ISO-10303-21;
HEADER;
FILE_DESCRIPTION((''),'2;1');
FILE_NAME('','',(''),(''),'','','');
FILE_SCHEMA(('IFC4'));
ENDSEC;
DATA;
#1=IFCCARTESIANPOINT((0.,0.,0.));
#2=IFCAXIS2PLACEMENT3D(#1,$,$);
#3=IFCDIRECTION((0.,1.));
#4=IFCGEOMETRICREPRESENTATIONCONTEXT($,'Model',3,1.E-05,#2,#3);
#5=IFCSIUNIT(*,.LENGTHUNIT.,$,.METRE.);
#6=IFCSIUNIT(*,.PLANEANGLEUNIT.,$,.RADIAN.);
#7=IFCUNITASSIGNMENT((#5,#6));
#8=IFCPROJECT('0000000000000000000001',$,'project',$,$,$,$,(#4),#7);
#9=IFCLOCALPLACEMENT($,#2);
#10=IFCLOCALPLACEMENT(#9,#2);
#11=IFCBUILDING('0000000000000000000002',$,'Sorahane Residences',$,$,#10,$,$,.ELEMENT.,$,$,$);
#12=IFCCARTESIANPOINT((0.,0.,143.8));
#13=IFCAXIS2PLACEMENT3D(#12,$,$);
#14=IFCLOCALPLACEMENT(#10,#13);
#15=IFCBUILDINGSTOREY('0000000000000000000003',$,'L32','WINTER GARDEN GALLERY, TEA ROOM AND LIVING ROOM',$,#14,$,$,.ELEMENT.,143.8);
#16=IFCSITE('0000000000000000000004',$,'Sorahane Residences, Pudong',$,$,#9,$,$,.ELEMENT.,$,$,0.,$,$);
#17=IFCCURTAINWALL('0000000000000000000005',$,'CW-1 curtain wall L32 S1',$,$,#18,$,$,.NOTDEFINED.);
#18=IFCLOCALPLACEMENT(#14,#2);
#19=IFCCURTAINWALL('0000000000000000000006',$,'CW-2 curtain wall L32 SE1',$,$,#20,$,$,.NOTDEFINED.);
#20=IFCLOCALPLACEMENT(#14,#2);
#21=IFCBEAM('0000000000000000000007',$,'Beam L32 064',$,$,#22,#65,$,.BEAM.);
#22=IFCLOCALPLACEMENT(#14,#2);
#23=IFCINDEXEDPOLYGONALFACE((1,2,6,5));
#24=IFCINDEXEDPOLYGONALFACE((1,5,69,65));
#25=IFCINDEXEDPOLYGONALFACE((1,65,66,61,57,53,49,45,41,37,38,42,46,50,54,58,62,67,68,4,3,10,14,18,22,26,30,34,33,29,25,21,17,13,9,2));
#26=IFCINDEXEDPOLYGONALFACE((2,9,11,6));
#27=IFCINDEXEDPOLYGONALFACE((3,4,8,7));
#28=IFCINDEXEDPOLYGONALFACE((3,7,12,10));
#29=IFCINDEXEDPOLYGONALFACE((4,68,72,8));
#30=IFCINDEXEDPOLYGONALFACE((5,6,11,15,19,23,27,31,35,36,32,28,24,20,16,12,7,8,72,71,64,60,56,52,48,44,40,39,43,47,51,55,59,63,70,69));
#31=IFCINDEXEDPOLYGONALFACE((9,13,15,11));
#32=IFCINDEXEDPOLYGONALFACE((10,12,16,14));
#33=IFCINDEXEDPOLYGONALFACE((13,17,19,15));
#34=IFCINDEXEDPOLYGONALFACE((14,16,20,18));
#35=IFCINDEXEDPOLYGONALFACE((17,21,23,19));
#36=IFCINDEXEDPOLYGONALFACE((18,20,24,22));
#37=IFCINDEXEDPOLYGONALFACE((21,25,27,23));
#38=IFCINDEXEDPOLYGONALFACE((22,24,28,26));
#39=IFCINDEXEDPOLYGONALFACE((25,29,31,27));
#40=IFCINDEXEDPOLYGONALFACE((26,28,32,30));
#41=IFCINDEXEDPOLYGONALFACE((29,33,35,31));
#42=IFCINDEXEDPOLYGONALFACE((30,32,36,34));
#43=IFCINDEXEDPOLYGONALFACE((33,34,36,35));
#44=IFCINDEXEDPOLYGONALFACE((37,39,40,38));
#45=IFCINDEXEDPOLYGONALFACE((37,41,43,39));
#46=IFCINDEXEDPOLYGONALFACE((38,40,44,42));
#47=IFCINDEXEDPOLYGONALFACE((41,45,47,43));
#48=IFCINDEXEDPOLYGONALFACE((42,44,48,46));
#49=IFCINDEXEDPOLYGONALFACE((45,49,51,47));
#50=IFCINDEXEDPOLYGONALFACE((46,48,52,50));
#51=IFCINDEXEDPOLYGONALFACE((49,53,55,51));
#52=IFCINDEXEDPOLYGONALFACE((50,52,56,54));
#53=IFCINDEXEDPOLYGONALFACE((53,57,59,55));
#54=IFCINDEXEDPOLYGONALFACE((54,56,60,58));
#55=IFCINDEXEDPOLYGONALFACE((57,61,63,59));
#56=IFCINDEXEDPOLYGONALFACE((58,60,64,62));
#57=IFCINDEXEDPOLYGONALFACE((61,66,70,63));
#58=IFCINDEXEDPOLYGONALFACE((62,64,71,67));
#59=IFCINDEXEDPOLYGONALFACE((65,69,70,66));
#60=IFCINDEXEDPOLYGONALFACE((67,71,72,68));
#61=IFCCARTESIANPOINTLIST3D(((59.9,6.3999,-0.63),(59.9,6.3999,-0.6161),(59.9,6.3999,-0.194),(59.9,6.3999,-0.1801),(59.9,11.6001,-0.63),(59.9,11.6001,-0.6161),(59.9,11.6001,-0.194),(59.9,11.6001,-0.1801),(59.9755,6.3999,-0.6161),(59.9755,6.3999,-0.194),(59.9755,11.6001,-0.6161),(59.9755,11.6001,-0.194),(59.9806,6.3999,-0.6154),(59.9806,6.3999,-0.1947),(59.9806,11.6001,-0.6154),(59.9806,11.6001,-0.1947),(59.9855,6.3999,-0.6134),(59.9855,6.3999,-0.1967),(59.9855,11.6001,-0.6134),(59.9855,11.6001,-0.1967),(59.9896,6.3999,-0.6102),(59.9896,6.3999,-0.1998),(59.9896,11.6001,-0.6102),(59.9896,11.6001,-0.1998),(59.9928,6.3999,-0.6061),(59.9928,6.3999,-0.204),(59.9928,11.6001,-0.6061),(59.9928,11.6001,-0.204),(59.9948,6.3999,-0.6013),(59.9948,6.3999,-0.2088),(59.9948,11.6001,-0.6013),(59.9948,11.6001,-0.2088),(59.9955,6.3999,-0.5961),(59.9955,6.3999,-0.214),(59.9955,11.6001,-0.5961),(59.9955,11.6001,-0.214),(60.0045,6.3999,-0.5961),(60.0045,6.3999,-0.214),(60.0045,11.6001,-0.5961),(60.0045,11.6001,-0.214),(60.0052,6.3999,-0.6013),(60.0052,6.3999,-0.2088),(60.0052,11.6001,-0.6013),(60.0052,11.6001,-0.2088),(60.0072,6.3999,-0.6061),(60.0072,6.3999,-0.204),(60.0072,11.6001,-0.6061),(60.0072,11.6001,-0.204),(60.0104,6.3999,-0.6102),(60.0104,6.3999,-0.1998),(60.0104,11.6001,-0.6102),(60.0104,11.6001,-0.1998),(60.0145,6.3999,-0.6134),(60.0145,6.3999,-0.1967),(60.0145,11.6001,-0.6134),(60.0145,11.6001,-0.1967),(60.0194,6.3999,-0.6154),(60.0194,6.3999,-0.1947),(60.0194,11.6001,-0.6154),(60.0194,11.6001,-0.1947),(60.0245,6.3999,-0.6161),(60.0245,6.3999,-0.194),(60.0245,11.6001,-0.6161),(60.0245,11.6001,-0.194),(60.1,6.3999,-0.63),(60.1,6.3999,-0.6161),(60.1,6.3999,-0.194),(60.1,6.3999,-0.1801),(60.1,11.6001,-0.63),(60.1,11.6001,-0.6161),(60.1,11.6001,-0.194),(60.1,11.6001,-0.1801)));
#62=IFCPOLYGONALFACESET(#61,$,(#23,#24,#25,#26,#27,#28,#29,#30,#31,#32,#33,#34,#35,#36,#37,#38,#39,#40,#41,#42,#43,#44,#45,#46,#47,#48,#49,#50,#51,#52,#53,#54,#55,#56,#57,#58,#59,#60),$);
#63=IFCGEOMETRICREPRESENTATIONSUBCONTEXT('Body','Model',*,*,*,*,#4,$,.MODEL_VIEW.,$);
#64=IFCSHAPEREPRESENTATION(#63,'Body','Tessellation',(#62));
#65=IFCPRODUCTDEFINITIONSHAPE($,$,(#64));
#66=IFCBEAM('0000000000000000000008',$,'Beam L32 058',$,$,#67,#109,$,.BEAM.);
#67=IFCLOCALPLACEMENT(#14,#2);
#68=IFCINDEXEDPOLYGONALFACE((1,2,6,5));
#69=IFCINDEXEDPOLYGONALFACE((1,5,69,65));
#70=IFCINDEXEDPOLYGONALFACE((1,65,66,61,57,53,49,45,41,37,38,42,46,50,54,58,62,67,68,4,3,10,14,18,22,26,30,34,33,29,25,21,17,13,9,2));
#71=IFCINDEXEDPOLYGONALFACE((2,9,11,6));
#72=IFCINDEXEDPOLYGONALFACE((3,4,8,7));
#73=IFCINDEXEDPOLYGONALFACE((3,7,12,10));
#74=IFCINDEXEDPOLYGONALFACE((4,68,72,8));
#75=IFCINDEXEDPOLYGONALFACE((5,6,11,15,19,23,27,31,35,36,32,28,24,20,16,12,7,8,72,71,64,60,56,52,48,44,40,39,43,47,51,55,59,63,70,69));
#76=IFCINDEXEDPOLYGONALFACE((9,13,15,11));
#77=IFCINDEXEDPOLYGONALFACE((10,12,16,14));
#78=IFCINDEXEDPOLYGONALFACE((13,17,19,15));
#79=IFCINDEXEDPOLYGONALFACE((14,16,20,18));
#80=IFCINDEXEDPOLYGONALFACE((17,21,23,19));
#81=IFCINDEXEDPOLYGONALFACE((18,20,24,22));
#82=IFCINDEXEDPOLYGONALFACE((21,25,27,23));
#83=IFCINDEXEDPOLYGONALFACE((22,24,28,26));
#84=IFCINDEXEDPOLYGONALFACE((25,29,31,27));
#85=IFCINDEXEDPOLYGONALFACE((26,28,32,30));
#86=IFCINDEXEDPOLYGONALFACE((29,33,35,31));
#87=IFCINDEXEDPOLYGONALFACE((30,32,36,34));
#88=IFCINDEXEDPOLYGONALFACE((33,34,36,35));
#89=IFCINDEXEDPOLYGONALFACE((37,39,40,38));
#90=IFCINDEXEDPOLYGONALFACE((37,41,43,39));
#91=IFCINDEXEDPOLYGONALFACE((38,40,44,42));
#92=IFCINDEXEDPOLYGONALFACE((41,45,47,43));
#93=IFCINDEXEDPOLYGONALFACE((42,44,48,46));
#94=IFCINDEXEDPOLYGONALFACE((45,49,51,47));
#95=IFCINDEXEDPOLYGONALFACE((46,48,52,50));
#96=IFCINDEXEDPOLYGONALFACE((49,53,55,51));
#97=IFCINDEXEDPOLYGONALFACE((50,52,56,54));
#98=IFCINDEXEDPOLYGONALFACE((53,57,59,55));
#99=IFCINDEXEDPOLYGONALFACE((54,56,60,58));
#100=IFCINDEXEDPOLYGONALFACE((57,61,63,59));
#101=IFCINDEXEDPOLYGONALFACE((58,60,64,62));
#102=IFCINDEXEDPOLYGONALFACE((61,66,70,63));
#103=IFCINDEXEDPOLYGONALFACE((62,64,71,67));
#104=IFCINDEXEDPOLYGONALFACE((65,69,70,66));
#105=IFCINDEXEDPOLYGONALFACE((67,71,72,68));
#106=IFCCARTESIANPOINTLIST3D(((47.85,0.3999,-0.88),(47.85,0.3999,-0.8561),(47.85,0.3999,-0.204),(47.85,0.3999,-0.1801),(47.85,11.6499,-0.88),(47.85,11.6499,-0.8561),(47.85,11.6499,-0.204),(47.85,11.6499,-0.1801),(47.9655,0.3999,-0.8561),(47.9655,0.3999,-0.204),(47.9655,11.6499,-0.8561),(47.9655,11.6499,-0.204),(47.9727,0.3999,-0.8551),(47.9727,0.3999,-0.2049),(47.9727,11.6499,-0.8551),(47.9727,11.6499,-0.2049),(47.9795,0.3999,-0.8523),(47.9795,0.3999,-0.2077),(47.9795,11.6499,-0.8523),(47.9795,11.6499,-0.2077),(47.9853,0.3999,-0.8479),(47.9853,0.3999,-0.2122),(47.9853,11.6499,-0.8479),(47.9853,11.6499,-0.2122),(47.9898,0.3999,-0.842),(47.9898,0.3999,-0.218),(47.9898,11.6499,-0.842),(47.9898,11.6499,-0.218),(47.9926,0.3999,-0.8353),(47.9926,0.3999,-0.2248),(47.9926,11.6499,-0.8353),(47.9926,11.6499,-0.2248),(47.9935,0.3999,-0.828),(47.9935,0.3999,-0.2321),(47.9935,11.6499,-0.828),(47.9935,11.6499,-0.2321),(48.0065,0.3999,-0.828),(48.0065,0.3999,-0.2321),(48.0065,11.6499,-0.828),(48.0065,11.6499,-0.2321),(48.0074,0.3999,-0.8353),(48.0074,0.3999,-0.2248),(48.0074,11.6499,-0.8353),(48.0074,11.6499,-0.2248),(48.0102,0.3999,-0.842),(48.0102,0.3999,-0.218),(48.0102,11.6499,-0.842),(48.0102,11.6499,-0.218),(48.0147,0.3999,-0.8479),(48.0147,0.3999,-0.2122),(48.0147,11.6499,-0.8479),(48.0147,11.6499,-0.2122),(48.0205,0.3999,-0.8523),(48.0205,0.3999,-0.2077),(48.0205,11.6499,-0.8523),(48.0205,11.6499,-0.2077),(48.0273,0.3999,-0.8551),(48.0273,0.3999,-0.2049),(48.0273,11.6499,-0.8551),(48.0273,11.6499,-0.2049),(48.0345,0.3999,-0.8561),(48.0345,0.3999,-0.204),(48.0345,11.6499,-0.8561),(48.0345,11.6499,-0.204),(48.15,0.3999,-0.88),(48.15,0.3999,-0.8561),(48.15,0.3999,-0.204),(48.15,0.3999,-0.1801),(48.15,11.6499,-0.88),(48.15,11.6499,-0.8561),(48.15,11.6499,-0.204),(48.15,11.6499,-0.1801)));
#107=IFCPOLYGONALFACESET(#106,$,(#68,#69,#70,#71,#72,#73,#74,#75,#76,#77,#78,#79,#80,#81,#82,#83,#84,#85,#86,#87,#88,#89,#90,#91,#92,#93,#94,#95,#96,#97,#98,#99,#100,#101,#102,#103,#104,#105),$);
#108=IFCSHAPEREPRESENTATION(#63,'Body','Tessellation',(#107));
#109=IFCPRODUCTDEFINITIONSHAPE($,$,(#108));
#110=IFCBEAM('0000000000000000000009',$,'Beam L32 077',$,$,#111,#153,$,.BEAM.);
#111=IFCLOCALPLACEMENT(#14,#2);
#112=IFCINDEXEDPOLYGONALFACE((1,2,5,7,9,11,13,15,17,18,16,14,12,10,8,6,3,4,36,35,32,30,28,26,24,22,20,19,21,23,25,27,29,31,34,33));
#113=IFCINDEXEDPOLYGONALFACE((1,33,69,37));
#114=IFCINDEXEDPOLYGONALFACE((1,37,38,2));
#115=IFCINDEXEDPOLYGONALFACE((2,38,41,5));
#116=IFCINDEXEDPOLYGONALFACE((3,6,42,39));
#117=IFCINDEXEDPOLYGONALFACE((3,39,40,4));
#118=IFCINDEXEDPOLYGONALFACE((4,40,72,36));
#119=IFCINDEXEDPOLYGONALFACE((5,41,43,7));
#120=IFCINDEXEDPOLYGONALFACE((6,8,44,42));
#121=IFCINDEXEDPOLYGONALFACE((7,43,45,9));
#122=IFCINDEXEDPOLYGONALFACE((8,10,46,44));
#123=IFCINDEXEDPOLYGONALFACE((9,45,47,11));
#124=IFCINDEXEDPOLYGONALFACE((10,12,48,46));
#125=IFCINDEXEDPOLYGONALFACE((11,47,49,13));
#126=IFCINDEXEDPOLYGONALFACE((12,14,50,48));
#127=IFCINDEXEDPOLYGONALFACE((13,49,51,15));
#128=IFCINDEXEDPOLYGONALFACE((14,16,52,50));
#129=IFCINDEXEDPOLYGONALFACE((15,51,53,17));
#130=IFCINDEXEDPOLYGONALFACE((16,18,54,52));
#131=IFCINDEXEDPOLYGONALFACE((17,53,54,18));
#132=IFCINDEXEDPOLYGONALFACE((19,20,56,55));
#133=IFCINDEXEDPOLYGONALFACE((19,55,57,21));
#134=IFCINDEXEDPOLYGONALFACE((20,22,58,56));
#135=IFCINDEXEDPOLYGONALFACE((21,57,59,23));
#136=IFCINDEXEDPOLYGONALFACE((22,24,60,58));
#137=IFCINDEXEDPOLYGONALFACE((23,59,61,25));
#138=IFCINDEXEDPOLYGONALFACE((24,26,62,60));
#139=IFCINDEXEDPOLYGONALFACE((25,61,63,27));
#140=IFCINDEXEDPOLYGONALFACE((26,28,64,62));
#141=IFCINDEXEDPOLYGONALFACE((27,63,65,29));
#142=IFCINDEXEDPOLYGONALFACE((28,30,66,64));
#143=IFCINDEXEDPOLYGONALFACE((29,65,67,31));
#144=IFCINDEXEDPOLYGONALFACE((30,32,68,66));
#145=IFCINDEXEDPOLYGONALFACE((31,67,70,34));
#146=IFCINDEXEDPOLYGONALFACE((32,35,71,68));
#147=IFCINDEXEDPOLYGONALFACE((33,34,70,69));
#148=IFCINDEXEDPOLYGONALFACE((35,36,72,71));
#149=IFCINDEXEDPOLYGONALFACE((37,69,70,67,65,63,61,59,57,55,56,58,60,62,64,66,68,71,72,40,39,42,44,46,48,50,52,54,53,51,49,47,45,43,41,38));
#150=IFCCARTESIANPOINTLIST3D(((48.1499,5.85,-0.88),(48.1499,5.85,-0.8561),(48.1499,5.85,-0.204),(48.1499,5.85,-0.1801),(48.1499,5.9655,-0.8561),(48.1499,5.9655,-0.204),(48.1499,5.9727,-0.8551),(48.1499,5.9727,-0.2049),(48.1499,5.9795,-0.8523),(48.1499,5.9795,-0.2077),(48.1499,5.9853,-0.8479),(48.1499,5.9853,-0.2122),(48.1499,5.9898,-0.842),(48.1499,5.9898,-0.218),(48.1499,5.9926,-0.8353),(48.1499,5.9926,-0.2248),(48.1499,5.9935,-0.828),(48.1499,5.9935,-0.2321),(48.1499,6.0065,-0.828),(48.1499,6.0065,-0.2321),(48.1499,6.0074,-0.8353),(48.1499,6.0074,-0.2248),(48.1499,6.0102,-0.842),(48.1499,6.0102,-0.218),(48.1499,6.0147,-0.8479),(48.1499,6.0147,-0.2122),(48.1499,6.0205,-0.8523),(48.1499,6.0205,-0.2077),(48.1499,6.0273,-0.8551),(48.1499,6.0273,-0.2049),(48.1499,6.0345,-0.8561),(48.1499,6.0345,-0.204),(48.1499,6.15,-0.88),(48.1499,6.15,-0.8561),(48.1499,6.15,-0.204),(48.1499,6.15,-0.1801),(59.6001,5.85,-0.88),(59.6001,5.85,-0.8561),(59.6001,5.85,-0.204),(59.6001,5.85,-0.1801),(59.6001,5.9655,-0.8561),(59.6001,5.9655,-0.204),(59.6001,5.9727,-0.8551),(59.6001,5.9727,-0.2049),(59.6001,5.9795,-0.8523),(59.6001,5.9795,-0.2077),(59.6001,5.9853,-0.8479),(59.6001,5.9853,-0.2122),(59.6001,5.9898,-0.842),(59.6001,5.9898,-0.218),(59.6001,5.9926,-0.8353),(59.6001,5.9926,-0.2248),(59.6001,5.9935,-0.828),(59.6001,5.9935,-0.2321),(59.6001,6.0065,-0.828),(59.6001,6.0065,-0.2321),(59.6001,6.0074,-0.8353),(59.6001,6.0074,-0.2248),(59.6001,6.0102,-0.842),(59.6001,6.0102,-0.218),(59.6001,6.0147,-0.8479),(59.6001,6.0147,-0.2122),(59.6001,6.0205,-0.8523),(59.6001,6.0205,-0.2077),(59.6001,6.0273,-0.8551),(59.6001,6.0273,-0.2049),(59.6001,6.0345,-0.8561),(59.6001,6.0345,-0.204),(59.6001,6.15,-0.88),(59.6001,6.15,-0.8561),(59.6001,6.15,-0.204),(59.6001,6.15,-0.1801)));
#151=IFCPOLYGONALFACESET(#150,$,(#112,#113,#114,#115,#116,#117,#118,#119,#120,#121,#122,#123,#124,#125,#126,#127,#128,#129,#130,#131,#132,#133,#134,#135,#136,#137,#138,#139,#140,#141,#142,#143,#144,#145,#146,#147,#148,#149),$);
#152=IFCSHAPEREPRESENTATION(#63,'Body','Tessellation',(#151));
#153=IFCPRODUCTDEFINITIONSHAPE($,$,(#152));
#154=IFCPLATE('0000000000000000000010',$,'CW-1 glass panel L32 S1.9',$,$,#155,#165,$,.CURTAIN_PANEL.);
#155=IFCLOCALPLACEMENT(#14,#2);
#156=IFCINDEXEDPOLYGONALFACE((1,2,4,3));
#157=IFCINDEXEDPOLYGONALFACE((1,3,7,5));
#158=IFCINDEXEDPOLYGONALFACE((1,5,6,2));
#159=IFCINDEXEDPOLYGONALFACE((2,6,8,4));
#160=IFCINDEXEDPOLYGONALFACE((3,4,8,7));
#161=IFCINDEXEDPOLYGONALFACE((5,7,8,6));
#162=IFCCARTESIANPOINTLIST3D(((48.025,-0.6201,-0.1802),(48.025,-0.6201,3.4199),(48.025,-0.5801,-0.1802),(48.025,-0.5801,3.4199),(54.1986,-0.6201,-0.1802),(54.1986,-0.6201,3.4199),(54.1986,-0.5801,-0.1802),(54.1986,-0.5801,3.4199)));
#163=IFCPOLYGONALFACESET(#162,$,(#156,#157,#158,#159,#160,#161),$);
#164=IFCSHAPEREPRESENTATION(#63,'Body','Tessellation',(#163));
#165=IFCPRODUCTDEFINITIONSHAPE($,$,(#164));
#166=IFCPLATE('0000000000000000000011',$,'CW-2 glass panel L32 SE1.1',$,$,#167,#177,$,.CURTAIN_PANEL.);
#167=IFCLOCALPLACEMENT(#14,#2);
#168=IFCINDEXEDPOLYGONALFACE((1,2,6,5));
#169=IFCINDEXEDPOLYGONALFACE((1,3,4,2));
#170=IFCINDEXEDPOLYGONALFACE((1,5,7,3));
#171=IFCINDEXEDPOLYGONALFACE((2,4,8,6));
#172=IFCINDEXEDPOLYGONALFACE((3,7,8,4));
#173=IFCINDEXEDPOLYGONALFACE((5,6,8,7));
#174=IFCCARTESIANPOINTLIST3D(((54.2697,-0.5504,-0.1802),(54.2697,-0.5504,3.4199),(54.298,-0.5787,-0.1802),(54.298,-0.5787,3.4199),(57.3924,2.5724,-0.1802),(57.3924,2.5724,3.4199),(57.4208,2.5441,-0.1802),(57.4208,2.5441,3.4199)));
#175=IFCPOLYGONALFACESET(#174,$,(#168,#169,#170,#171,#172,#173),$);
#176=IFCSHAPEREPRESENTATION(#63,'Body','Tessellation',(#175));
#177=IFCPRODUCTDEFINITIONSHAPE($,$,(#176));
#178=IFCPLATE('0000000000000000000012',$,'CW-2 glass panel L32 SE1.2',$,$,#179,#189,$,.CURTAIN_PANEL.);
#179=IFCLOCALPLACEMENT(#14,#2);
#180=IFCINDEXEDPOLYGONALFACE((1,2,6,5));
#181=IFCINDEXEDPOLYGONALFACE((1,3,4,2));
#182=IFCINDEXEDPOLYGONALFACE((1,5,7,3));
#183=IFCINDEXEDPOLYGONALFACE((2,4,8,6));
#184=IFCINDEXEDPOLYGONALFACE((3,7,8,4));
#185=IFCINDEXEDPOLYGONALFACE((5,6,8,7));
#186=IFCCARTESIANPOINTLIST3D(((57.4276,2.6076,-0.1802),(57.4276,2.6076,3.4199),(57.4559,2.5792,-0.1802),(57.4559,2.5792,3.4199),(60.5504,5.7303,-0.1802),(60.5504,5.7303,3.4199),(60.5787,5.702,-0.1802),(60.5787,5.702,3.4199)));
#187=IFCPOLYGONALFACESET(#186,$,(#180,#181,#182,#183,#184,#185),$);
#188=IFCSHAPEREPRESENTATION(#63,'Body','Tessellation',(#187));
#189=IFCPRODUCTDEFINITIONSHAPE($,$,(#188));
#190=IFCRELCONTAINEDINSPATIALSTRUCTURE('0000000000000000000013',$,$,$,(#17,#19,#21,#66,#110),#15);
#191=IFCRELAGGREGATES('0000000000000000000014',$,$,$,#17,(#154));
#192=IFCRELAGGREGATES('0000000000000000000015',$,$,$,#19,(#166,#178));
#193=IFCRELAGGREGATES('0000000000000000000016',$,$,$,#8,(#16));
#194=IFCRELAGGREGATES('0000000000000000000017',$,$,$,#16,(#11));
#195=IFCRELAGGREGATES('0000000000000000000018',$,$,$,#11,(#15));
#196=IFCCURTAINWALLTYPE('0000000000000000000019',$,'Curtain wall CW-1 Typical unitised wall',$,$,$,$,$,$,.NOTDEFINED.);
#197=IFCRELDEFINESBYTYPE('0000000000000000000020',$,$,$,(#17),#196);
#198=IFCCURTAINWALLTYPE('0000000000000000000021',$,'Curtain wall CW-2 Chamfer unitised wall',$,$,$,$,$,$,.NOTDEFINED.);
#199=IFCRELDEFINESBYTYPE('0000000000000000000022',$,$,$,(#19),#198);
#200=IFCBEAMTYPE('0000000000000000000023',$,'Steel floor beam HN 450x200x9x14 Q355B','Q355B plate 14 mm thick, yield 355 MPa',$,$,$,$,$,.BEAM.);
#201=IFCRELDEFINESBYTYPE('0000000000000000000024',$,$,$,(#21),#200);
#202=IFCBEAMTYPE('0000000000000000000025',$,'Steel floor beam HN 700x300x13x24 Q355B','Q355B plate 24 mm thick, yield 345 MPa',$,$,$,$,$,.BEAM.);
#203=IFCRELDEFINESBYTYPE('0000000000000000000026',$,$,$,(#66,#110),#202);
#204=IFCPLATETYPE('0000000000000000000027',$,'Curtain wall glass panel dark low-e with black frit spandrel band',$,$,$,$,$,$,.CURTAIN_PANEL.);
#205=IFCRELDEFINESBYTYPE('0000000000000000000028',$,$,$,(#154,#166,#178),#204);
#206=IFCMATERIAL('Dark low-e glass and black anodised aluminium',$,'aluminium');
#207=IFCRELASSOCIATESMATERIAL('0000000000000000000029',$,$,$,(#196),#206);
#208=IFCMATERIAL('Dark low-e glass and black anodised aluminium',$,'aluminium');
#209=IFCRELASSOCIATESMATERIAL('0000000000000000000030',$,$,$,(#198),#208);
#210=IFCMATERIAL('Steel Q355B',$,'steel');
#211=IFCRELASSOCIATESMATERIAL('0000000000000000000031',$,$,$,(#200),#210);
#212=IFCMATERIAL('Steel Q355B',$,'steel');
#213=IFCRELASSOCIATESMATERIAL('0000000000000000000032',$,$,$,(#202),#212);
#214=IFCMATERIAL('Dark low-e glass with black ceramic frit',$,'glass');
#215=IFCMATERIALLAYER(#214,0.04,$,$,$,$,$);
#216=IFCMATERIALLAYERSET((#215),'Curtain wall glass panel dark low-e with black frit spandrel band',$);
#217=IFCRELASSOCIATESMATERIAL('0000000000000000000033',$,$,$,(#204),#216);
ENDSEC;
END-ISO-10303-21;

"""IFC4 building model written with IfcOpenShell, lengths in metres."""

from ifc_helpers import new_model, si_unit, direction, frame, origin, origin_2d, place, context, subcontext, project, spatial, rectangle, i_section, extrude, material, layer, layer_set, material_profile, profile_set, type_object, element, aggregate, save


model = new_model("IFC4")

# Units and contexts
model_context = context("Model", 3, precision=1e-05, world=origin(), true_north=direction((0.0, 1.0)))
body_context = subcontext(model_context, "Body", "Model", "MODEL_VIEW")
ifc_project = project(units=[si_unit("LENGTHUNIT", "METRE"), si_unit("PLANEANGLEUNIT", "RADIAN")], contexts=[model_context])

# Site, building, storey
site_placement = place(None, origin())
site = spatial("IfcSite", under=ifc_project, at=site_placement, Name="Sorahane Residences, Pudong", CompositionType="ELEMENT", RefElevation=0.0)
building_placement = place(site_placement, origin())
building = spatial("IfcBuilding", under=site, at=building_placement, Name="Sorahane Residences", CompositionType="ELEMENT")
storey_placement = place(building_placement, frame((0.0, 0.0, 143.8)))
storey = spatial("IfcBuildingStorey", under=building, at=storey_placement, Name="L32", Description="WINTER GARDEN GALLERY, TEA ROOM AND LIVING ROOM", CompositionType="ELEMENT", Elevation=143.8)

# Curtain walls
ifc_material_1 = material(Name="Dark low-e glass and black anodised aluminium", Category="aluminium")
curtain_wall_type_1 = type_object("IfcCurtainWallType", Name="Curtain wall CW-1 Typical unitised wall", PredefinedType="NOTDEFINED", material=ifc_material_1)
curtain_wall_1_placement = place(storey_placement, origin())
curtain_wall_1 = element("IfcCurtainWall", 1, at=curtain_wall_1_placement, inside=storey, type_object=curtain_wall_type_1, Name="CW-1 curtain wall L32 S1", PredefinedType="NOTDEFINED")
ifc_material_2 = material(Name="Dark low-e glass and black anodised aluminium", Category="aluminium")
curtain_wall_type_2 = type_object("IfcCurtainWallType", Name="Curtain wall CW-2 Chamfer unitised wall", PredefinedType="NOTDEFINED", material=ifc_material_2)
curtain_wall_2_placement = place(storey_placement, origin())
curtain_wall_2 = element("IfcCurtainWall", 2, at=curtain_wall_2_placement, inside=storey, type_object=curtain_wall_type_2, Name="CW-2 curtain wall L32 SE1", PredefinedType="NOTDEFINED")

# Beams
ifc_material_3 = material(Name="Steel Q355B", Category="steel")
ifc_material_profile_1 = material_profile(ifc_material_3, i_section(OverallWidth=0.2, OverallDepth=0.45, WebThickness=0.009, FlangeThickness=0.0139, FilletRadius=0.02, at=origin_2d()), Name="HN 450x200x9x14")
ifc_profile_set_1 = profile_set([ifc_material_profile_1], Name="Steel Q355B")
beam_type_1 = type_object("IfcBeamType", Name="Steel floor beam HN 450x200x9x14 Q355B", Description="Q355B plate 14 mm thick, yield 355 MPa", PredefinedType="BEAM", material=ifc_profile_set_1)
for number, where, z_axis, x_axis, name in (
    (3, (60.0, 6.3999, -0.405), (0.0, 1.0, 0.0), (-1.0, 0.0, 0.0), "Beam L32 064"),
):
    element("IfcBeam", number, at=place(storey_placement, frame(where, z_axis=z_axis, x_axis=x_axis)), inside=storey, type_object=beam_type_1, Name=name, PredefinedType="BEAM", context=body_context, shape_type="SweptSolid", body=[
        extrude(i_section(OverallWidth=0.2, OverallDepth=0.45, WebThickness=0.009, FlangeThickness=0.0139, FilletRadius=0.02, at=origin_2d()), origin(), (0.0, 0.0, 1.0), 5.2002),
    ])
ifc_material_4 = material(Name="Steel Q355B", Category="steel")
ifc_material_profile_2 = material_profile(ifc_material_4, i_section(OverallWidth=0.3, OverallDepth=0.7, WebThickness=0.0129, FlangeThickness=0.0239, FilletRadius=0.0281, at=origin_2d()), Name="HN 700x300x13x24")
ifc_profile_set_2 = profile_set([ifc_material_profile_2], Name="Steel Q355B")
beam_type_2 = type_object("IfcBeamType", Name="Steel floor beam HN 700x300x13x24 Q355B", Description="Q355B plate 24 mm thick, yield 345 MPa", PredefinedType="BEAM", material=ifc_profile_set_2)
beam_1_placement = place(storey_placement, frame((48.0, 0.3999, -0.53), z_axis=(0.0, 1.0, 0.0), x_axis=(-1.0, 0.0, 0.0)))
element("IfcBeam", 4, at=beam_1_placement, inside=storey, type_object=beam_type_2, Name="Beam L32 058", PredefinedType="BEAM", context=body_context, shape_type="SweptSolid", body=[
    extrude(i_section(OverallWidth=0.3, OverallDepth=0.7, WebThickness=0.0129, FlangeThickness=0.0239, FilletRadius=0.0281, at=origin_2d()), origin(), (0.0, 0.0, 1.0), 11.25),
])
beam_2_placement = place(storey_placement, frame((48.1499, 6.0, -0.53), z_axis=(1.0, 0.0, 0.0), x_axis=(0.0, 1.0, 0.0)))
element("IfcBeam", 5, at=beam_2_placement, inside=storey, type_object=beam_type_2, Name="Beam L32 077", PredefinedType="BEAM", context=body_context, shape_type="SweptSolid", body=[
    extrude(i_section(OverallWidth=0.3, OverallDepth=0.7, WebThickness=0.0129, FlangeThickness=0.0239, FilletRadius=0.0281, at=origin_2d()), origin(), (0.0, 0.0, 1.0), 11.4502),
])

# Plates
ifc_material_5 = material(Name="Dark low-e glass with black ceramic frit", Category="glass")
ifc_layer_1 = layer(ifc_material_5, 0.04)
ifc_layer_set_1 = layer_set([ifc_layer_1], Name="Curtain wall glass panel dark low-e with black frit spandrel band")
plate_type = type_object("IfcPlateType", Name="Curtain wall glass panel dark low-e with black frit spandrel band", PredefinedType="CURTAIN_PANEL", material=ifc_layer_set_1)
plate_1_placement = place(storey_placement, frame((51.1118, -0.6001, -0.1802), z_axis=(0.0, 0.0, 1.0), x_axis=(1.0, 0.0, 0.0)))
plate_1 = element("IfcPlate", 6, at=plate_1_placement, type_object=plate_type, Name="CW-1 glass panel L32 S1.9", PredefinedType="CURTAIN_PANEL", context=body_context, shape_type="SweptSolid", body=[
    extrude(rectangle(XDim=6.1736, YDim=0.04, at=origin_2d()), origin(), (0.0, 0.0, 1.0), 3.6001),
])
aggregate(curtain_wall_1, [plate_1])
plate_2_placement = place(storey_placement, frame((55.8452, 0.9968, -0.1802), z_axis=(0.0, 0.0, 1.0), x_axis=(0.707107, 0.707107, 0.0)))
plate_2 = element("IfcPlate", 7, at=plate_2_placement, type_object=plate_type, Name="CW-2 glass panel L32 SE1.1", PredefinedType="CURTAIN_PANEL", context=body_context, shape_type="SweptSolid", body=[
    extrude(rectangle(XDim=4.4163, YDim=0.04, at=origin_2d()), origin(), (0.0, 0.0, 1.0), 3.6001),
])
plate_3_placement = place(storey_placement, frame((59.0032, 4.1548, -0.1802), z_axis=(0.0, 0.0, 1.0), x_axis=(0.707107, 0.707107, 0.0)))
plate_3 = element("IfcPlate", 8, at=plate_3_placement, type_object=plate_type, Name="CW-2 glass panel L32 SE1.2", PredefinedType="CURTAIN_PANEL", context=body_context, shape_type="SweptSolid", body=[
    extrude(rectangle(XDim=4.4163, YDim=0.04, at=origin_2d()), origin(), (0.0, 0.0, 1.0), 3.6001),
])
aggregate(curtain_wall_2, [plate_2, plate_3])

save(model, "model.ifc")
